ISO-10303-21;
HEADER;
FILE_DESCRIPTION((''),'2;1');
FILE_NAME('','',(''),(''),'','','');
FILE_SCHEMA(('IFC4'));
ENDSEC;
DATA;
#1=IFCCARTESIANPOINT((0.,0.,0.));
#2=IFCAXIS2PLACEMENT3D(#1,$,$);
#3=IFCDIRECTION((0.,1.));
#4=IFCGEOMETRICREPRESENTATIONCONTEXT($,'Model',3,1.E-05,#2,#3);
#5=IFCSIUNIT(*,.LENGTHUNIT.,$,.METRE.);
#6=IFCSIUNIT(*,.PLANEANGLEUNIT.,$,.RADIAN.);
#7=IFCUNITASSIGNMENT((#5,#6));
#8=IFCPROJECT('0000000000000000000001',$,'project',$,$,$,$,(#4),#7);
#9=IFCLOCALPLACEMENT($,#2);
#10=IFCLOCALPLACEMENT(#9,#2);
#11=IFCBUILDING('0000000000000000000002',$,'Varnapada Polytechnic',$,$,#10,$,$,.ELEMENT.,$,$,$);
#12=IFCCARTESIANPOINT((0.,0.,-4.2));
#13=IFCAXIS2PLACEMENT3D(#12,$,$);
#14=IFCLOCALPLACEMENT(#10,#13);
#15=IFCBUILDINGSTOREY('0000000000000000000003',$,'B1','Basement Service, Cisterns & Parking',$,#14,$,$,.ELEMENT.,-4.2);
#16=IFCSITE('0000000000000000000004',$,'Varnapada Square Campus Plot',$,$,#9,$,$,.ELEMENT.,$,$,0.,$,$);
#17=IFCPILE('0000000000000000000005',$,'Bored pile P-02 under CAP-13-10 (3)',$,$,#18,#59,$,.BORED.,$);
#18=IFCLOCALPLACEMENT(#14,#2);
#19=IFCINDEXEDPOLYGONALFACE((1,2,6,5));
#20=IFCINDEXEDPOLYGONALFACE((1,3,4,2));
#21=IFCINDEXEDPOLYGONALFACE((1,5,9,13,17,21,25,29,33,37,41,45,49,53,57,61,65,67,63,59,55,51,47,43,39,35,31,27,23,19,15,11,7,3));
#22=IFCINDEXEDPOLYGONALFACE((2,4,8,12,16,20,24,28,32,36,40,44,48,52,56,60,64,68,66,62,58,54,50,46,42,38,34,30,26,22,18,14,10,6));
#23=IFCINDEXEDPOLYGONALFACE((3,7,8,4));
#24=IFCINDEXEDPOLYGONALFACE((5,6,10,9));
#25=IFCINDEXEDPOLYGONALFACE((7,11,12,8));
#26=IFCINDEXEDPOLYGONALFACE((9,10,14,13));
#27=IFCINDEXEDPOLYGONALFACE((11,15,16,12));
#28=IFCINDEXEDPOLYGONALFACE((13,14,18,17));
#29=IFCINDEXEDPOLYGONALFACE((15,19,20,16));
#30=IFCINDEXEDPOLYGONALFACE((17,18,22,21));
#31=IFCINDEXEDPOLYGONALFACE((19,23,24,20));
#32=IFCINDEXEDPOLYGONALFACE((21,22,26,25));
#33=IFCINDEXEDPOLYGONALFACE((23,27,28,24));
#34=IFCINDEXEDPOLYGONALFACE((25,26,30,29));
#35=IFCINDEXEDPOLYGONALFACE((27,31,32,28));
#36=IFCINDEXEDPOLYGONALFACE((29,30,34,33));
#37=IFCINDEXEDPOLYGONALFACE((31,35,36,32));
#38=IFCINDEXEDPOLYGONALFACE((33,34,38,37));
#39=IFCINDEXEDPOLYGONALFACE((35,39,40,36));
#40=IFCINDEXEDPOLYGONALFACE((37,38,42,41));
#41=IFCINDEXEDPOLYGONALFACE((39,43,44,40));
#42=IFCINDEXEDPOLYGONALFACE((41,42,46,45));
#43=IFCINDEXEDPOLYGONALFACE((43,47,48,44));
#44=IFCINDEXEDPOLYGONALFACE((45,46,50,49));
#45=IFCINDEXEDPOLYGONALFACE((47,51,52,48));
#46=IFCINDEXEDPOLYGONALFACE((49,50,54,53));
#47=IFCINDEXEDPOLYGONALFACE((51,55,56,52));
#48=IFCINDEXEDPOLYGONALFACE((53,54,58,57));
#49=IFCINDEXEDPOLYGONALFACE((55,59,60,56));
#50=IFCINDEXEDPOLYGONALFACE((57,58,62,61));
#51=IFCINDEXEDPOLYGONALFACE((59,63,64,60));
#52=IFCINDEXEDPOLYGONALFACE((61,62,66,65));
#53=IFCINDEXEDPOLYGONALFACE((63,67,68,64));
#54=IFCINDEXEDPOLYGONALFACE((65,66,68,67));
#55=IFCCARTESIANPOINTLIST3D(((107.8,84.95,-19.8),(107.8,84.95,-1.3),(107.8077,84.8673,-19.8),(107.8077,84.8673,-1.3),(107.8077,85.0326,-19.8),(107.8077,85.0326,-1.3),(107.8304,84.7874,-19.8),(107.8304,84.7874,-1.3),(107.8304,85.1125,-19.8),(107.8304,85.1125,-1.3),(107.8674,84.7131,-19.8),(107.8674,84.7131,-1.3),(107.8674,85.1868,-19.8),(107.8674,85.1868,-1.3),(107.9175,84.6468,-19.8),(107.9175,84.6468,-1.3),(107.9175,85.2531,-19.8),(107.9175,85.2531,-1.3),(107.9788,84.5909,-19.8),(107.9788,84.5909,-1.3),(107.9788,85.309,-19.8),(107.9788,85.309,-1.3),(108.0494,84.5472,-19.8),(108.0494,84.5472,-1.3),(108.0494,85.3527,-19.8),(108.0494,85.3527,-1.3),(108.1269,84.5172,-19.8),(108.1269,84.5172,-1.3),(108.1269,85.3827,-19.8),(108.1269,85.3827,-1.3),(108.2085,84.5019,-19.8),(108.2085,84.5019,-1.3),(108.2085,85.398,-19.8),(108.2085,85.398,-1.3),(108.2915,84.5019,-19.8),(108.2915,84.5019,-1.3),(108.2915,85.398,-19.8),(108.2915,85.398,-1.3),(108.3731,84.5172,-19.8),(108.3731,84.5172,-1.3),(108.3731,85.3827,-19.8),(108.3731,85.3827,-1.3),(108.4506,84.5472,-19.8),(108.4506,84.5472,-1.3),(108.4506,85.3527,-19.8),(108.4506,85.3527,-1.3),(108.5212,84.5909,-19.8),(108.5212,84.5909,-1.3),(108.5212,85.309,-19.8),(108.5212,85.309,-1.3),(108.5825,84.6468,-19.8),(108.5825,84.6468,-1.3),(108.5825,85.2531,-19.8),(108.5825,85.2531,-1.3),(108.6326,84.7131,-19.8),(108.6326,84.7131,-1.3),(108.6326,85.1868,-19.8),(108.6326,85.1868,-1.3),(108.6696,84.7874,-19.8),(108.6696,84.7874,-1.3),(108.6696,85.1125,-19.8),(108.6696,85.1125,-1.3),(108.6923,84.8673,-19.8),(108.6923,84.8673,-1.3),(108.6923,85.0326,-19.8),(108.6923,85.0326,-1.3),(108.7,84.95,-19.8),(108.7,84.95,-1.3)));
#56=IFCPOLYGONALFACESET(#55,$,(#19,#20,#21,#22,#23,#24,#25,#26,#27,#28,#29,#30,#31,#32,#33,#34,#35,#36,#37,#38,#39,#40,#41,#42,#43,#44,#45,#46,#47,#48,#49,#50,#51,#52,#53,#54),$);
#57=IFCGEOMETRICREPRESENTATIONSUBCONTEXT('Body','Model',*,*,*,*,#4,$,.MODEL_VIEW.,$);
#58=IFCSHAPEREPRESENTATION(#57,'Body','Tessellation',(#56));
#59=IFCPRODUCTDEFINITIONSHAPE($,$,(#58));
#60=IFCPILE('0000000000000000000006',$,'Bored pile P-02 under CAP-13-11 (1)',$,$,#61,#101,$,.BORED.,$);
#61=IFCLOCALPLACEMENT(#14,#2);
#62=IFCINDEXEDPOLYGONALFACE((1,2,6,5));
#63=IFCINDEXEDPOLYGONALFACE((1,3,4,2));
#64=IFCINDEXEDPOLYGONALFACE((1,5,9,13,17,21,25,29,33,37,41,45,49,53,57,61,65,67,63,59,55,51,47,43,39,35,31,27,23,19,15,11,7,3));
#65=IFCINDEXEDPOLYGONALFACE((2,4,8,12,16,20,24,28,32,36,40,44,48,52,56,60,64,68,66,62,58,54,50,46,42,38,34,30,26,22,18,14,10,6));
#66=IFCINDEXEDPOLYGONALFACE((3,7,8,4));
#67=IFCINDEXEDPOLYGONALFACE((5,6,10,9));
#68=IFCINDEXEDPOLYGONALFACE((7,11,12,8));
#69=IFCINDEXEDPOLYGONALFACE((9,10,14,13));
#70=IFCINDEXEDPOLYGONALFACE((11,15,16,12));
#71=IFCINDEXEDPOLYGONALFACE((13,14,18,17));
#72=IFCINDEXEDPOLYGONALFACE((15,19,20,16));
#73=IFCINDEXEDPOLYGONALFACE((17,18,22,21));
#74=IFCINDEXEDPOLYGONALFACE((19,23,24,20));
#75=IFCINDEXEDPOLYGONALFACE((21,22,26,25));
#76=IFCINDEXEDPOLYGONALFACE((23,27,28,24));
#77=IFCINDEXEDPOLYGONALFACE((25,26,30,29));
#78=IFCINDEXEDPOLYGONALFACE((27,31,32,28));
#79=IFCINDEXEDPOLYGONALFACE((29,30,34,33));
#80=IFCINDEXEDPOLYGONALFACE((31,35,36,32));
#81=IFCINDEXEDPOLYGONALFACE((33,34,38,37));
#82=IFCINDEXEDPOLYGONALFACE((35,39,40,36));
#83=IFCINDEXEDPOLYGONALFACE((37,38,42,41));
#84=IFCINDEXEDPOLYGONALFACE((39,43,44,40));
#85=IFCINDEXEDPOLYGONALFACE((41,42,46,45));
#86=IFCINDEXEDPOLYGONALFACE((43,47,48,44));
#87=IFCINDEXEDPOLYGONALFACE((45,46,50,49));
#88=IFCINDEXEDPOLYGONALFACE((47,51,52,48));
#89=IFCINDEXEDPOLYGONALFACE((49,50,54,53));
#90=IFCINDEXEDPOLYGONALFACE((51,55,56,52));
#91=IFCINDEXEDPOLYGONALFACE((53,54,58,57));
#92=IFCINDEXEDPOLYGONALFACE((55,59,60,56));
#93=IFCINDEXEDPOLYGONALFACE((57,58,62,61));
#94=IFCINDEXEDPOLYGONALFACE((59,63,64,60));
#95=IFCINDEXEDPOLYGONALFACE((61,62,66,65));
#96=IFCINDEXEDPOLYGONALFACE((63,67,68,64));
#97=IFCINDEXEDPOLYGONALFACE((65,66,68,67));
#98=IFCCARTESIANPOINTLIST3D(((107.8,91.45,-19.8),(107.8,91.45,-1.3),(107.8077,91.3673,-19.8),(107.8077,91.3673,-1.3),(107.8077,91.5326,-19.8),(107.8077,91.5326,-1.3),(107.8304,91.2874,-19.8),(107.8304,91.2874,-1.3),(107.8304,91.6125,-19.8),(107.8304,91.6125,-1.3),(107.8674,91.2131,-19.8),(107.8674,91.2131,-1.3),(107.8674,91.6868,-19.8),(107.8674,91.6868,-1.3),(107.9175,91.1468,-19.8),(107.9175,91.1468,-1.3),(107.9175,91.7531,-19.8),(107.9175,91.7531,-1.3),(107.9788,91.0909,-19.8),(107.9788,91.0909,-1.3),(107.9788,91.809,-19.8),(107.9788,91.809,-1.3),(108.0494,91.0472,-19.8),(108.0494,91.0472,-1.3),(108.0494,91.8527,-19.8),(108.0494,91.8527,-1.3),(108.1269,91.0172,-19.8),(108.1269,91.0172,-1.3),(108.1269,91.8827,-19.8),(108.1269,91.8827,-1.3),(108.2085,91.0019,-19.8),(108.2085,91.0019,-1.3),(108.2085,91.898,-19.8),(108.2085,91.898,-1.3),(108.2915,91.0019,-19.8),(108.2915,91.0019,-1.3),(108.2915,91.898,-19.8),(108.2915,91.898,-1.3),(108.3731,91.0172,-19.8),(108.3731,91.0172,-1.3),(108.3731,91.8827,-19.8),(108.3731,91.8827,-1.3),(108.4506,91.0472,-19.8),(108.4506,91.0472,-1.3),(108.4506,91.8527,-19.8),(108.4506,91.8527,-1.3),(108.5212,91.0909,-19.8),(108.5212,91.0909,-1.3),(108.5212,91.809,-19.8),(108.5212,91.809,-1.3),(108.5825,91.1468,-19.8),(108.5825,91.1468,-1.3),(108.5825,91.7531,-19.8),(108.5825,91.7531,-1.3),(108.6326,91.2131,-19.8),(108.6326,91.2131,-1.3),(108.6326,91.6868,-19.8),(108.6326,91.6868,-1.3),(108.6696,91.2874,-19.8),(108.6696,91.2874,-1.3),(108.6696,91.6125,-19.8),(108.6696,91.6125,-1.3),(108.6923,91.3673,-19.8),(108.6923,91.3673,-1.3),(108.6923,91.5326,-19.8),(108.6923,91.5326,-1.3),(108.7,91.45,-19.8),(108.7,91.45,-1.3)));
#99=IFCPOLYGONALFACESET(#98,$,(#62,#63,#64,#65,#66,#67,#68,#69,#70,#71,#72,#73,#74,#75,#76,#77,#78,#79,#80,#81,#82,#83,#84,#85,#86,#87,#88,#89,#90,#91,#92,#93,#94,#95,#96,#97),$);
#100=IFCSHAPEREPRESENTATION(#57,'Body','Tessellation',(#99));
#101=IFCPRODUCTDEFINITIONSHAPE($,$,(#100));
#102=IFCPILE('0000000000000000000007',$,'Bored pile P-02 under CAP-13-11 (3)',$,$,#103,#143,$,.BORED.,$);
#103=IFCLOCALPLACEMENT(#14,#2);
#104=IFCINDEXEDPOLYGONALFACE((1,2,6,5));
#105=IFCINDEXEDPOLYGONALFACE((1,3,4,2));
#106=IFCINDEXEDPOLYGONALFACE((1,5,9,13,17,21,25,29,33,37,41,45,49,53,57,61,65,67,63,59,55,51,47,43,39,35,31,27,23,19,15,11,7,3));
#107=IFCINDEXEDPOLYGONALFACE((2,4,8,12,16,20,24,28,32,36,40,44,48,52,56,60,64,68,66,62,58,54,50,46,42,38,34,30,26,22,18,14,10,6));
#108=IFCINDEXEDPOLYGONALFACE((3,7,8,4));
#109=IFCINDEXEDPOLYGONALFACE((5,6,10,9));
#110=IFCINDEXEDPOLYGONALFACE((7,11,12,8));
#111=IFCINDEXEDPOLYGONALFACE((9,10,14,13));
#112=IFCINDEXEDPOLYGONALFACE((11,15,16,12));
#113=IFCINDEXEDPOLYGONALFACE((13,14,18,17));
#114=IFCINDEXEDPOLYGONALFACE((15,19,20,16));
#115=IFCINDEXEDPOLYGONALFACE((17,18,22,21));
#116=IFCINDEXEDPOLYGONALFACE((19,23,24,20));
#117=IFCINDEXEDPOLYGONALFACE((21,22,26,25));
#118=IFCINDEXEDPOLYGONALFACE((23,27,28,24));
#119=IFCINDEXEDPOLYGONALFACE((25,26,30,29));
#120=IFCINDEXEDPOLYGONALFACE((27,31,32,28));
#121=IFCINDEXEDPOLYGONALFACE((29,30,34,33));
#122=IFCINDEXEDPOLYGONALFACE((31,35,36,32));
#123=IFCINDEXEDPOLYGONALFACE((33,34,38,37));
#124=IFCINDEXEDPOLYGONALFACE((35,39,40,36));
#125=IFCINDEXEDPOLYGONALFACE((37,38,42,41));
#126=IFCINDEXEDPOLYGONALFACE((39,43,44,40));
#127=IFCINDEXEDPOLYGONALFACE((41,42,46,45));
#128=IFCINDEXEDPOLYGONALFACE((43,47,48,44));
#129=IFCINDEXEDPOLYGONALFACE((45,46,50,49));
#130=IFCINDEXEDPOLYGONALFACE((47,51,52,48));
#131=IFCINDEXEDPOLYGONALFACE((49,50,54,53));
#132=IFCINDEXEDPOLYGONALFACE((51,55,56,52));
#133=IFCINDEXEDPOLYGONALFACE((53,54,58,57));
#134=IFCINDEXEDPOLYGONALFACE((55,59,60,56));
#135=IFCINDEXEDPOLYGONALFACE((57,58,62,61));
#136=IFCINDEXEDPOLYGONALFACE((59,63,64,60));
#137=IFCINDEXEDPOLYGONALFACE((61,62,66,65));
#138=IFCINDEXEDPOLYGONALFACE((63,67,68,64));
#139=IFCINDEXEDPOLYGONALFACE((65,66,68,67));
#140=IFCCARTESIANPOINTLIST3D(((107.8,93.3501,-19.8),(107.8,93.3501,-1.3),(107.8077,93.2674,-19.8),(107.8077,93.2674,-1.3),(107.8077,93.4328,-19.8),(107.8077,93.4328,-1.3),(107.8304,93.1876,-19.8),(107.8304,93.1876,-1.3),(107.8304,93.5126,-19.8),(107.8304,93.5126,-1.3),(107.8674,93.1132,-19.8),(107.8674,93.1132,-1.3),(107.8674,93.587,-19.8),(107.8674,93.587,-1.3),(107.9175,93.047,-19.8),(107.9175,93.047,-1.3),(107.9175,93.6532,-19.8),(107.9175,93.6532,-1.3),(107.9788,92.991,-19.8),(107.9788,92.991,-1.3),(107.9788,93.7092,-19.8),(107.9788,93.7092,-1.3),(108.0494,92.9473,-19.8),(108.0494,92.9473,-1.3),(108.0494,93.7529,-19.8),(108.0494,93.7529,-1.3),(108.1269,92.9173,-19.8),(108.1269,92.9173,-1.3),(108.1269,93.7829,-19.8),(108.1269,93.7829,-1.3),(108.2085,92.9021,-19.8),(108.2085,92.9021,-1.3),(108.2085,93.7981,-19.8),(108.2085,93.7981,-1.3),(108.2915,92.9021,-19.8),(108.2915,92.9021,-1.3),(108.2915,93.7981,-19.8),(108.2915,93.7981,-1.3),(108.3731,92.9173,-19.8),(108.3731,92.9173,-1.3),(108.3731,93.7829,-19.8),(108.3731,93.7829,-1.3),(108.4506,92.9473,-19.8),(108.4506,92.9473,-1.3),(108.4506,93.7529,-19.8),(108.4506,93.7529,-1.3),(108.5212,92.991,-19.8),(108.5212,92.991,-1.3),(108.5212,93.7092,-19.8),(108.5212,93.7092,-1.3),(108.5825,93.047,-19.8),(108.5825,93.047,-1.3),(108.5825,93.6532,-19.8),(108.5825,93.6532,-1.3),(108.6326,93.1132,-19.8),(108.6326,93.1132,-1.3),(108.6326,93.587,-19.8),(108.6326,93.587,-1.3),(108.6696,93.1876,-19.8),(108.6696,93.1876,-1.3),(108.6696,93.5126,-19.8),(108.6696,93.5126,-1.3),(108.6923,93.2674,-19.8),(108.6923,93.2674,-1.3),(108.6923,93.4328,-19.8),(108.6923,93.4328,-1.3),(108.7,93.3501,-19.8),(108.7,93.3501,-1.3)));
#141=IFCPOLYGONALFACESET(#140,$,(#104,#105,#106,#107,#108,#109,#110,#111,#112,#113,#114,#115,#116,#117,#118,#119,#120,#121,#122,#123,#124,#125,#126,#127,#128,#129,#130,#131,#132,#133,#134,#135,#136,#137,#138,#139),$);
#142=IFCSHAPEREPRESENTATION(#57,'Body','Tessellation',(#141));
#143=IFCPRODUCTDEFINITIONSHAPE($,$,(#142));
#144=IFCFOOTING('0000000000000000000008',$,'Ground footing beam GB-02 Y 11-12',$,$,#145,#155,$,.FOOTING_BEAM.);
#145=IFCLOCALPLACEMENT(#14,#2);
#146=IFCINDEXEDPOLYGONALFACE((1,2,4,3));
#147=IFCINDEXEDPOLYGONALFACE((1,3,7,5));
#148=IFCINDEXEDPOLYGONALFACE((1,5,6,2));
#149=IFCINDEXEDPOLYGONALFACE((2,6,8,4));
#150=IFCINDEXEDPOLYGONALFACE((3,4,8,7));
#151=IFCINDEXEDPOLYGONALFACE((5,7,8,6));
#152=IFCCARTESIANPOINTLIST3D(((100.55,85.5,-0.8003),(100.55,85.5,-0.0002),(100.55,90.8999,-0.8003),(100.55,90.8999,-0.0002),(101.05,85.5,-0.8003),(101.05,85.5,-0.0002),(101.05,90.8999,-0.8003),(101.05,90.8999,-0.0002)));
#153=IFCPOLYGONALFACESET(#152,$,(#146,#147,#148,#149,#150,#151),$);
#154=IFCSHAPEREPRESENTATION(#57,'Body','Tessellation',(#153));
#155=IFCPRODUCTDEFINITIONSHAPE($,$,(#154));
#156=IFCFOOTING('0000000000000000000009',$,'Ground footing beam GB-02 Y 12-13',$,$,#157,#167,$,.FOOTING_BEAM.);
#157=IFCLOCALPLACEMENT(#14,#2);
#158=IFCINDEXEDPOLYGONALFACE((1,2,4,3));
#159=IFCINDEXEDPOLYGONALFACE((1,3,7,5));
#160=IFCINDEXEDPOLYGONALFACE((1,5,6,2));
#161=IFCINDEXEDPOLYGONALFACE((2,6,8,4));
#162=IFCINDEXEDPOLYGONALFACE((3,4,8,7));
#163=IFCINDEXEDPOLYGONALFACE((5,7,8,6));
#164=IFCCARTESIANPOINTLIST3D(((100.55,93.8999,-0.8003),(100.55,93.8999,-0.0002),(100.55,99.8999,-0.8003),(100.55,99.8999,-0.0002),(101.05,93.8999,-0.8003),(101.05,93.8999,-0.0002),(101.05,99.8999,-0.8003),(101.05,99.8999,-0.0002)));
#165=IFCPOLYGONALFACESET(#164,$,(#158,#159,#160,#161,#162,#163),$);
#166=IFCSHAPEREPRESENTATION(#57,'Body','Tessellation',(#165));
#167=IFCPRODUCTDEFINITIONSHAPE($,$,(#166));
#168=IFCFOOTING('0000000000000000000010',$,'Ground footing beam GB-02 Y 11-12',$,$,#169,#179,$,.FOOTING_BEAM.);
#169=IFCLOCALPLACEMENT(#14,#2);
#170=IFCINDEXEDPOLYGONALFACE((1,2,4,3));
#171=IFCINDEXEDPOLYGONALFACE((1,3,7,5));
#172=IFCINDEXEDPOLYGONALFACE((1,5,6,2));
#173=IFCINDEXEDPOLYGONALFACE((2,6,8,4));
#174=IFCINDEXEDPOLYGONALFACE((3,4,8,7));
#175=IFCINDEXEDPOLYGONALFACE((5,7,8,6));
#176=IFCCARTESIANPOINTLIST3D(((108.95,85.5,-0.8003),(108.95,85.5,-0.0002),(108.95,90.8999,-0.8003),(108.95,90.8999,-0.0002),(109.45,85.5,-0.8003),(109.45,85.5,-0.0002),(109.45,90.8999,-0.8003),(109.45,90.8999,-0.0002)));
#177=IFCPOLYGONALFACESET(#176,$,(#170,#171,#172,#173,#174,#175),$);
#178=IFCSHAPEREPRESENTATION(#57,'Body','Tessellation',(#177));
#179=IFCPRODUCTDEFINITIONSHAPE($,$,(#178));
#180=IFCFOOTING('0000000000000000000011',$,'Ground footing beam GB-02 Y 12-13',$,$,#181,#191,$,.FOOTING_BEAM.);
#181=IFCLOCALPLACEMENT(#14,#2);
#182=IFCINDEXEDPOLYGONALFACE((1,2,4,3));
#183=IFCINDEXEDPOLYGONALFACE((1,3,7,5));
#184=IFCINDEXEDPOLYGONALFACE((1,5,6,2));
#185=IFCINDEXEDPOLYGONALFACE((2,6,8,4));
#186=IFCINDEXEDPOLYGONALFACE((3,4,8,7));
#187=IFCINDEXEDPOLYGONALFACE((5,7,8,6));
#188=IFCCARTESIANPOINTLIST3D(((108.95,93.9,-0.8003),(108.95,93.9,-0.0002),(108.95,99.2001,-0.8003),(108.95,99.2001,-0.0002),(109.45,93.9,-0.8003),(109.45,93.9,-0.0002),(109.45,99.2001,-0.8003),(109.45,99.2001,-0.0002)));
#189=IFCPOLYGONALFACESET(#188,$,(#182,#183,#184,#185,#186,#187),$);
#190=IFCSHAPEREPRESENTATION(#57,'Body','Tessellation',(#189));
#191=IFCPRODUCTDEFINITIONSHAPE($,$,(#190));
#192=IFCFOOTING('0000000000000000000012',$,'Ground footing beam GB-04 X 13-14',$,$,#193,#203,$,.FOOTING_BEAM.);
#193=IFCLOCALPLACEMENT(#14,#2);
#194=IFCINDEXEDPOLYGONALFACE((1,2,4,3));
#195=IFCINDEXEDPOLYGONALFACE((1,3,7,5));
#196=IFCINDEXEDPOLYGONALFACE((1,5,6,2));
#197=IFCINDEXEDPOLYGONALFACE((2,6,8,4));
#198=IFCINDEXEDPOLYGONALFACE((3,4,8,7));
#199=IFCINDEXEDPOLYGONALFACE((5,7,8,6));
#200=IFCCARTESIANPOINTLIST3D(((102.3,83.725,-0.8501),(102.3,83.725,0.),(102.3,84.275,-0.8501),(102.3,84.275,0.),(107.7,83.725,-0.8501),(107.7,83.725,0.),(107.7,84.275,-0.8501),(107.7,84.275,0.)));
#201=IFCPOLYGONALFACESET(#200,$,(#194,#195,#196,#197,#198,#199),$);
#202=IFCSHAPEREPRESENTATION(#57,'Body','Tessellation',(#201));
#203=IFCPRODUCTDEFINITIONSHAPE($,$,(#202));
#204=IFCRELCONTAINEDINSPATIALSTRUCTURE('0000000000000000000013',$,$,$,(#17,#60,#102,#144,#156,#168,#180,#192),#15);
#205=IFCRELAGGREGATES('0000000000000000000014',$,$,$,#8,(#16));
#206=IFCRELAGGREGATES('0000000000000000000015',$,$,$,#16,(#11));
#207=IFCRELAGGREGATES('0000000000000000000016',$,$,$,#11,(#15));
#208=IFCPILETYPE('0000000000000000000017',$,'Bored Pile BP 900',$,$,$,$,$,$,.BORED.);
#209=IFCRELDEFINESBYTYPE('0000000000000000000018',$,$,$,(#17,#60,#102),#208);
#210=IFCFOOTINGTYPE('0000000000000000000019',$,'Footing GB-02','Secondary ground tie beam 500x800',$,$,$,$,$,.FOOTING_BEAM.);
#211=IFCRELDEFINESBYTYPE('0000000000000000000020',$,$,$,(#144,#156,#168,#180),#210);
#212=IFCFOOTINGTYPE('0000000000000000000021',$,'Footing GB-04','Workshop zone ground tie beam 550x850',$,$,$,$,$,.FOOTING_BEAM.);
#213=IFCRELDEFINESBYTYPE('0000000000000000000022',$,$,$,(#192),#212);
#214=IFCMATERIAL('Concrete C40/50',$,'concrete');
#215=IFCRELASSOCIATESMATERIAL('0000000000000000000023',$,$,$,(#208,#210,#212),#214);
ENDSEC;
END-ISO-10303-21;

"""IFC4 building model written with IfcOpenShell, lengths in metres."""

from ifc_helpers import new_model, si_unit, direction, frame, origin, origin_2d, place, context, subcontext, project, spatial, rectangle, circle, extrude, material, material_profile, profile_set, type_object, element, save


model = new_model("IFC4")

# Units and contexts
model_context = context("Model", 3, precision=1e-05, world=origin(), true_north=direction((0.0, 1.0)))
body_context = subcontext(model_context, "Body", "Model", "MODEL_VIEW")
ifc_project = project(units=[si_unit("LENGTHUNIT", "METRE"), si_unit("PLANEANGLEUNIT", "RADIAN")], contexts=[model_context])

# Site, building, storey
site_placement = place(None, origin())
site = spatial("IfcSite", under=ifc_project, at=site_placement, Name="Varnapada Square Campus Plot", CompositionType="ELEMENT", RefElevation=0.0)
building_placement = place(site_placement, origin())
building = spatial("IfcBuilding", under=site, at=building_placement, Name="Varnapada Polytechnic", CompositionType="ELEMENT")
storey_placement = place(building_placement, frame((0.0, 0.0, -4.2)))
storey = spatial("IfcBuildingStorey", under=building, at=storey_placement, Name="B1", Description="Basement Service, Cisterns & Parking", CompositionType="ELEMENT", Elevation=-4.2)

# Piles
ifc_material_1 = material(Name="Concrete C40/50", Category="concrete")
ifc_material_profile_1 = material_profile(ifc_material_1, circle(Radius=0.45, at=origin_2d()), Name="BP 900")
ifc_profile_set_1 = profile_set([ifc_material_profile_1], Name="Concrete C40/50")
pile_type_1 = type_object("IfcPileType", Name="Bored Pile BP 900", PredefinedType="BORED", material=ifc_profile_set_1)
for number, where, z_axis, x_axis, name in (
    (1, (108.25, 84.95, -1.3), (0.0, 0.0, -1.0), (1.0, 0.0, 0.0), "Bored pile P-02 under CAP-13-10 (3)"),
    (2, (108.25, 91.45, -1.3), (0.0, 0.0, -1.0), (1.0, 0.0, 0.0), "Bored pile P-02 under CAP-13-11 (1)"),
    (3, (108.25, 93.3501, -1.3), (0.0, 0.0, -1.0), (1.0, 0.0, 0.0), "Bored pile P-02 under CAP-13-11 (3)"),
):
    element("IfcPile", number, at=place(storey_placement, frame(where, z_axis=z_axis, x_axis=x_axis)), inside=storey, type_object=pile_type_1, Name=name, PredefinedType="BORED", context=body_context, shape_type="SweptSolid", body=[
        extrude(circle(Radius=0.45, at=origin_2d()), origin(), (0.0, 0.0, 1.0), 18.5),
    ])

# Footings
footing_type_1 = type_object("IfcFootingType", Name="Footing GB-02", Description="Secondary ground tie beam 500x800", PredefinedType="FOOTING_BEAM", material=ifc_material_1)
footing_1_placement = place(storey_placement, frame((100.8, 88.2, -0.8003), z_axis=(0.0, 0.0, 1.0), x_axis=(0.0, 1.0, 0.0)))
element("IfcFooting", 4, at=footing_1_placement, inside=storey, type_object=footing_type_1, Name="Ground footing beam GB-02 Y 11-12", PredefinedType="FOOTING_BEAM", context=body_context, shape_type="SweptSolid", body=[
    extrude(rectangle(XDim=5.3999, YDim=0.5, at=origin_2d()), origin(), (0.0, 0.0, 1.0), 0.8),
])
footing_2_placement = place(storey_placement, frame((100.8, 96.8999, -0.8003), z_axis=(0.0, 0.0, 1.0), x_axis=(0.0, 1.0, 0.0)))
element("IfcFooting", 5, at=footing_2_placement, inside=storey, type_object=footing_type_1, Name="Ground footing beam GB-02 Y 12-13", PredefinedType="FOOTING_BEAM", context=body_context, shape_type="SweptSolid", body=[
    extrude(rectangle(XDim=6.0, YDim=0.5, at=origin_2d()), origin(), (0.0, 0.0, 1.0), 0.8),
])
footing_3_placement = place(storey_placement, frame((109.2, 88.2, -0.8003), z_axis=(0.0, 0.0, 1.0), x_axis=(0.0, 1.0, 0.0)))
element("IfcFooting", 6, at=footing_3_placement, inside=storey, type_object=footing_type_1, Name="Ground footing beam GB-02 Y 11-12", PredefinedType="FOOTING_BEAM", context=body_context, shape_type="SweptSolid", body=[
    extrude(rectangle(XDim=5.3999, YDim=0.5, at=origin_2d()), origin(), (0.0, 0.0, 1.0), 0.8),
])
footing_4_placement = place(storey_placement, frame((109.2, 96.55, -0.8003), z_axis=(0.0, 0.0, 1.0), x_axis=(0.0, 1.0, 0.0)))
element("IfcFooting", 7, at=footing_4_placement, inside=storey, type_object=footing_type_1, Name="Ground footing beam GB-02 Y 12-13", PredefinedType="FOOTING_BEAM", context=body_context, shape_type="SweptSolid", body=[
    extrude(rectangle(XDim=5.3, YDim=0.5, at=origin_2d()), origin(), (0.0, 0.0, 1.0), 0.8),
])
footing_type_2 = type_object("IfcFootingType", Name="Footing GB-04", Description="Workshop zone ground tie beam 550x850", PredefinedType="FOOTING_BEAM", material=ifc_material_1)
for number, where, z_axis, x_axis, name in (
    (8, (105.0, 84.0, -0.8501), (0.0, 0.0, 1.0), (1.0, 0.0, 0.0), "Ground footing beam GB-04 X 13-14"),
):
    element("IfcFooting", number, at=place(storey_placement, frame(where, z_axis=z_axis, x_axis=x_axis)), inside=storey, type_object=footing_type_2, Name=name, PredefinedType="FOOTING_BEAM", context=body_context, shape_type="SweptSolid", body=[
        extrude(rectangle(XDim=5.3999, YDim=0.55, at=origin_2d()), origin(), (0.0, 0.0, 1.0), 0.8501),
    ])

save(model, "model.ifc")
